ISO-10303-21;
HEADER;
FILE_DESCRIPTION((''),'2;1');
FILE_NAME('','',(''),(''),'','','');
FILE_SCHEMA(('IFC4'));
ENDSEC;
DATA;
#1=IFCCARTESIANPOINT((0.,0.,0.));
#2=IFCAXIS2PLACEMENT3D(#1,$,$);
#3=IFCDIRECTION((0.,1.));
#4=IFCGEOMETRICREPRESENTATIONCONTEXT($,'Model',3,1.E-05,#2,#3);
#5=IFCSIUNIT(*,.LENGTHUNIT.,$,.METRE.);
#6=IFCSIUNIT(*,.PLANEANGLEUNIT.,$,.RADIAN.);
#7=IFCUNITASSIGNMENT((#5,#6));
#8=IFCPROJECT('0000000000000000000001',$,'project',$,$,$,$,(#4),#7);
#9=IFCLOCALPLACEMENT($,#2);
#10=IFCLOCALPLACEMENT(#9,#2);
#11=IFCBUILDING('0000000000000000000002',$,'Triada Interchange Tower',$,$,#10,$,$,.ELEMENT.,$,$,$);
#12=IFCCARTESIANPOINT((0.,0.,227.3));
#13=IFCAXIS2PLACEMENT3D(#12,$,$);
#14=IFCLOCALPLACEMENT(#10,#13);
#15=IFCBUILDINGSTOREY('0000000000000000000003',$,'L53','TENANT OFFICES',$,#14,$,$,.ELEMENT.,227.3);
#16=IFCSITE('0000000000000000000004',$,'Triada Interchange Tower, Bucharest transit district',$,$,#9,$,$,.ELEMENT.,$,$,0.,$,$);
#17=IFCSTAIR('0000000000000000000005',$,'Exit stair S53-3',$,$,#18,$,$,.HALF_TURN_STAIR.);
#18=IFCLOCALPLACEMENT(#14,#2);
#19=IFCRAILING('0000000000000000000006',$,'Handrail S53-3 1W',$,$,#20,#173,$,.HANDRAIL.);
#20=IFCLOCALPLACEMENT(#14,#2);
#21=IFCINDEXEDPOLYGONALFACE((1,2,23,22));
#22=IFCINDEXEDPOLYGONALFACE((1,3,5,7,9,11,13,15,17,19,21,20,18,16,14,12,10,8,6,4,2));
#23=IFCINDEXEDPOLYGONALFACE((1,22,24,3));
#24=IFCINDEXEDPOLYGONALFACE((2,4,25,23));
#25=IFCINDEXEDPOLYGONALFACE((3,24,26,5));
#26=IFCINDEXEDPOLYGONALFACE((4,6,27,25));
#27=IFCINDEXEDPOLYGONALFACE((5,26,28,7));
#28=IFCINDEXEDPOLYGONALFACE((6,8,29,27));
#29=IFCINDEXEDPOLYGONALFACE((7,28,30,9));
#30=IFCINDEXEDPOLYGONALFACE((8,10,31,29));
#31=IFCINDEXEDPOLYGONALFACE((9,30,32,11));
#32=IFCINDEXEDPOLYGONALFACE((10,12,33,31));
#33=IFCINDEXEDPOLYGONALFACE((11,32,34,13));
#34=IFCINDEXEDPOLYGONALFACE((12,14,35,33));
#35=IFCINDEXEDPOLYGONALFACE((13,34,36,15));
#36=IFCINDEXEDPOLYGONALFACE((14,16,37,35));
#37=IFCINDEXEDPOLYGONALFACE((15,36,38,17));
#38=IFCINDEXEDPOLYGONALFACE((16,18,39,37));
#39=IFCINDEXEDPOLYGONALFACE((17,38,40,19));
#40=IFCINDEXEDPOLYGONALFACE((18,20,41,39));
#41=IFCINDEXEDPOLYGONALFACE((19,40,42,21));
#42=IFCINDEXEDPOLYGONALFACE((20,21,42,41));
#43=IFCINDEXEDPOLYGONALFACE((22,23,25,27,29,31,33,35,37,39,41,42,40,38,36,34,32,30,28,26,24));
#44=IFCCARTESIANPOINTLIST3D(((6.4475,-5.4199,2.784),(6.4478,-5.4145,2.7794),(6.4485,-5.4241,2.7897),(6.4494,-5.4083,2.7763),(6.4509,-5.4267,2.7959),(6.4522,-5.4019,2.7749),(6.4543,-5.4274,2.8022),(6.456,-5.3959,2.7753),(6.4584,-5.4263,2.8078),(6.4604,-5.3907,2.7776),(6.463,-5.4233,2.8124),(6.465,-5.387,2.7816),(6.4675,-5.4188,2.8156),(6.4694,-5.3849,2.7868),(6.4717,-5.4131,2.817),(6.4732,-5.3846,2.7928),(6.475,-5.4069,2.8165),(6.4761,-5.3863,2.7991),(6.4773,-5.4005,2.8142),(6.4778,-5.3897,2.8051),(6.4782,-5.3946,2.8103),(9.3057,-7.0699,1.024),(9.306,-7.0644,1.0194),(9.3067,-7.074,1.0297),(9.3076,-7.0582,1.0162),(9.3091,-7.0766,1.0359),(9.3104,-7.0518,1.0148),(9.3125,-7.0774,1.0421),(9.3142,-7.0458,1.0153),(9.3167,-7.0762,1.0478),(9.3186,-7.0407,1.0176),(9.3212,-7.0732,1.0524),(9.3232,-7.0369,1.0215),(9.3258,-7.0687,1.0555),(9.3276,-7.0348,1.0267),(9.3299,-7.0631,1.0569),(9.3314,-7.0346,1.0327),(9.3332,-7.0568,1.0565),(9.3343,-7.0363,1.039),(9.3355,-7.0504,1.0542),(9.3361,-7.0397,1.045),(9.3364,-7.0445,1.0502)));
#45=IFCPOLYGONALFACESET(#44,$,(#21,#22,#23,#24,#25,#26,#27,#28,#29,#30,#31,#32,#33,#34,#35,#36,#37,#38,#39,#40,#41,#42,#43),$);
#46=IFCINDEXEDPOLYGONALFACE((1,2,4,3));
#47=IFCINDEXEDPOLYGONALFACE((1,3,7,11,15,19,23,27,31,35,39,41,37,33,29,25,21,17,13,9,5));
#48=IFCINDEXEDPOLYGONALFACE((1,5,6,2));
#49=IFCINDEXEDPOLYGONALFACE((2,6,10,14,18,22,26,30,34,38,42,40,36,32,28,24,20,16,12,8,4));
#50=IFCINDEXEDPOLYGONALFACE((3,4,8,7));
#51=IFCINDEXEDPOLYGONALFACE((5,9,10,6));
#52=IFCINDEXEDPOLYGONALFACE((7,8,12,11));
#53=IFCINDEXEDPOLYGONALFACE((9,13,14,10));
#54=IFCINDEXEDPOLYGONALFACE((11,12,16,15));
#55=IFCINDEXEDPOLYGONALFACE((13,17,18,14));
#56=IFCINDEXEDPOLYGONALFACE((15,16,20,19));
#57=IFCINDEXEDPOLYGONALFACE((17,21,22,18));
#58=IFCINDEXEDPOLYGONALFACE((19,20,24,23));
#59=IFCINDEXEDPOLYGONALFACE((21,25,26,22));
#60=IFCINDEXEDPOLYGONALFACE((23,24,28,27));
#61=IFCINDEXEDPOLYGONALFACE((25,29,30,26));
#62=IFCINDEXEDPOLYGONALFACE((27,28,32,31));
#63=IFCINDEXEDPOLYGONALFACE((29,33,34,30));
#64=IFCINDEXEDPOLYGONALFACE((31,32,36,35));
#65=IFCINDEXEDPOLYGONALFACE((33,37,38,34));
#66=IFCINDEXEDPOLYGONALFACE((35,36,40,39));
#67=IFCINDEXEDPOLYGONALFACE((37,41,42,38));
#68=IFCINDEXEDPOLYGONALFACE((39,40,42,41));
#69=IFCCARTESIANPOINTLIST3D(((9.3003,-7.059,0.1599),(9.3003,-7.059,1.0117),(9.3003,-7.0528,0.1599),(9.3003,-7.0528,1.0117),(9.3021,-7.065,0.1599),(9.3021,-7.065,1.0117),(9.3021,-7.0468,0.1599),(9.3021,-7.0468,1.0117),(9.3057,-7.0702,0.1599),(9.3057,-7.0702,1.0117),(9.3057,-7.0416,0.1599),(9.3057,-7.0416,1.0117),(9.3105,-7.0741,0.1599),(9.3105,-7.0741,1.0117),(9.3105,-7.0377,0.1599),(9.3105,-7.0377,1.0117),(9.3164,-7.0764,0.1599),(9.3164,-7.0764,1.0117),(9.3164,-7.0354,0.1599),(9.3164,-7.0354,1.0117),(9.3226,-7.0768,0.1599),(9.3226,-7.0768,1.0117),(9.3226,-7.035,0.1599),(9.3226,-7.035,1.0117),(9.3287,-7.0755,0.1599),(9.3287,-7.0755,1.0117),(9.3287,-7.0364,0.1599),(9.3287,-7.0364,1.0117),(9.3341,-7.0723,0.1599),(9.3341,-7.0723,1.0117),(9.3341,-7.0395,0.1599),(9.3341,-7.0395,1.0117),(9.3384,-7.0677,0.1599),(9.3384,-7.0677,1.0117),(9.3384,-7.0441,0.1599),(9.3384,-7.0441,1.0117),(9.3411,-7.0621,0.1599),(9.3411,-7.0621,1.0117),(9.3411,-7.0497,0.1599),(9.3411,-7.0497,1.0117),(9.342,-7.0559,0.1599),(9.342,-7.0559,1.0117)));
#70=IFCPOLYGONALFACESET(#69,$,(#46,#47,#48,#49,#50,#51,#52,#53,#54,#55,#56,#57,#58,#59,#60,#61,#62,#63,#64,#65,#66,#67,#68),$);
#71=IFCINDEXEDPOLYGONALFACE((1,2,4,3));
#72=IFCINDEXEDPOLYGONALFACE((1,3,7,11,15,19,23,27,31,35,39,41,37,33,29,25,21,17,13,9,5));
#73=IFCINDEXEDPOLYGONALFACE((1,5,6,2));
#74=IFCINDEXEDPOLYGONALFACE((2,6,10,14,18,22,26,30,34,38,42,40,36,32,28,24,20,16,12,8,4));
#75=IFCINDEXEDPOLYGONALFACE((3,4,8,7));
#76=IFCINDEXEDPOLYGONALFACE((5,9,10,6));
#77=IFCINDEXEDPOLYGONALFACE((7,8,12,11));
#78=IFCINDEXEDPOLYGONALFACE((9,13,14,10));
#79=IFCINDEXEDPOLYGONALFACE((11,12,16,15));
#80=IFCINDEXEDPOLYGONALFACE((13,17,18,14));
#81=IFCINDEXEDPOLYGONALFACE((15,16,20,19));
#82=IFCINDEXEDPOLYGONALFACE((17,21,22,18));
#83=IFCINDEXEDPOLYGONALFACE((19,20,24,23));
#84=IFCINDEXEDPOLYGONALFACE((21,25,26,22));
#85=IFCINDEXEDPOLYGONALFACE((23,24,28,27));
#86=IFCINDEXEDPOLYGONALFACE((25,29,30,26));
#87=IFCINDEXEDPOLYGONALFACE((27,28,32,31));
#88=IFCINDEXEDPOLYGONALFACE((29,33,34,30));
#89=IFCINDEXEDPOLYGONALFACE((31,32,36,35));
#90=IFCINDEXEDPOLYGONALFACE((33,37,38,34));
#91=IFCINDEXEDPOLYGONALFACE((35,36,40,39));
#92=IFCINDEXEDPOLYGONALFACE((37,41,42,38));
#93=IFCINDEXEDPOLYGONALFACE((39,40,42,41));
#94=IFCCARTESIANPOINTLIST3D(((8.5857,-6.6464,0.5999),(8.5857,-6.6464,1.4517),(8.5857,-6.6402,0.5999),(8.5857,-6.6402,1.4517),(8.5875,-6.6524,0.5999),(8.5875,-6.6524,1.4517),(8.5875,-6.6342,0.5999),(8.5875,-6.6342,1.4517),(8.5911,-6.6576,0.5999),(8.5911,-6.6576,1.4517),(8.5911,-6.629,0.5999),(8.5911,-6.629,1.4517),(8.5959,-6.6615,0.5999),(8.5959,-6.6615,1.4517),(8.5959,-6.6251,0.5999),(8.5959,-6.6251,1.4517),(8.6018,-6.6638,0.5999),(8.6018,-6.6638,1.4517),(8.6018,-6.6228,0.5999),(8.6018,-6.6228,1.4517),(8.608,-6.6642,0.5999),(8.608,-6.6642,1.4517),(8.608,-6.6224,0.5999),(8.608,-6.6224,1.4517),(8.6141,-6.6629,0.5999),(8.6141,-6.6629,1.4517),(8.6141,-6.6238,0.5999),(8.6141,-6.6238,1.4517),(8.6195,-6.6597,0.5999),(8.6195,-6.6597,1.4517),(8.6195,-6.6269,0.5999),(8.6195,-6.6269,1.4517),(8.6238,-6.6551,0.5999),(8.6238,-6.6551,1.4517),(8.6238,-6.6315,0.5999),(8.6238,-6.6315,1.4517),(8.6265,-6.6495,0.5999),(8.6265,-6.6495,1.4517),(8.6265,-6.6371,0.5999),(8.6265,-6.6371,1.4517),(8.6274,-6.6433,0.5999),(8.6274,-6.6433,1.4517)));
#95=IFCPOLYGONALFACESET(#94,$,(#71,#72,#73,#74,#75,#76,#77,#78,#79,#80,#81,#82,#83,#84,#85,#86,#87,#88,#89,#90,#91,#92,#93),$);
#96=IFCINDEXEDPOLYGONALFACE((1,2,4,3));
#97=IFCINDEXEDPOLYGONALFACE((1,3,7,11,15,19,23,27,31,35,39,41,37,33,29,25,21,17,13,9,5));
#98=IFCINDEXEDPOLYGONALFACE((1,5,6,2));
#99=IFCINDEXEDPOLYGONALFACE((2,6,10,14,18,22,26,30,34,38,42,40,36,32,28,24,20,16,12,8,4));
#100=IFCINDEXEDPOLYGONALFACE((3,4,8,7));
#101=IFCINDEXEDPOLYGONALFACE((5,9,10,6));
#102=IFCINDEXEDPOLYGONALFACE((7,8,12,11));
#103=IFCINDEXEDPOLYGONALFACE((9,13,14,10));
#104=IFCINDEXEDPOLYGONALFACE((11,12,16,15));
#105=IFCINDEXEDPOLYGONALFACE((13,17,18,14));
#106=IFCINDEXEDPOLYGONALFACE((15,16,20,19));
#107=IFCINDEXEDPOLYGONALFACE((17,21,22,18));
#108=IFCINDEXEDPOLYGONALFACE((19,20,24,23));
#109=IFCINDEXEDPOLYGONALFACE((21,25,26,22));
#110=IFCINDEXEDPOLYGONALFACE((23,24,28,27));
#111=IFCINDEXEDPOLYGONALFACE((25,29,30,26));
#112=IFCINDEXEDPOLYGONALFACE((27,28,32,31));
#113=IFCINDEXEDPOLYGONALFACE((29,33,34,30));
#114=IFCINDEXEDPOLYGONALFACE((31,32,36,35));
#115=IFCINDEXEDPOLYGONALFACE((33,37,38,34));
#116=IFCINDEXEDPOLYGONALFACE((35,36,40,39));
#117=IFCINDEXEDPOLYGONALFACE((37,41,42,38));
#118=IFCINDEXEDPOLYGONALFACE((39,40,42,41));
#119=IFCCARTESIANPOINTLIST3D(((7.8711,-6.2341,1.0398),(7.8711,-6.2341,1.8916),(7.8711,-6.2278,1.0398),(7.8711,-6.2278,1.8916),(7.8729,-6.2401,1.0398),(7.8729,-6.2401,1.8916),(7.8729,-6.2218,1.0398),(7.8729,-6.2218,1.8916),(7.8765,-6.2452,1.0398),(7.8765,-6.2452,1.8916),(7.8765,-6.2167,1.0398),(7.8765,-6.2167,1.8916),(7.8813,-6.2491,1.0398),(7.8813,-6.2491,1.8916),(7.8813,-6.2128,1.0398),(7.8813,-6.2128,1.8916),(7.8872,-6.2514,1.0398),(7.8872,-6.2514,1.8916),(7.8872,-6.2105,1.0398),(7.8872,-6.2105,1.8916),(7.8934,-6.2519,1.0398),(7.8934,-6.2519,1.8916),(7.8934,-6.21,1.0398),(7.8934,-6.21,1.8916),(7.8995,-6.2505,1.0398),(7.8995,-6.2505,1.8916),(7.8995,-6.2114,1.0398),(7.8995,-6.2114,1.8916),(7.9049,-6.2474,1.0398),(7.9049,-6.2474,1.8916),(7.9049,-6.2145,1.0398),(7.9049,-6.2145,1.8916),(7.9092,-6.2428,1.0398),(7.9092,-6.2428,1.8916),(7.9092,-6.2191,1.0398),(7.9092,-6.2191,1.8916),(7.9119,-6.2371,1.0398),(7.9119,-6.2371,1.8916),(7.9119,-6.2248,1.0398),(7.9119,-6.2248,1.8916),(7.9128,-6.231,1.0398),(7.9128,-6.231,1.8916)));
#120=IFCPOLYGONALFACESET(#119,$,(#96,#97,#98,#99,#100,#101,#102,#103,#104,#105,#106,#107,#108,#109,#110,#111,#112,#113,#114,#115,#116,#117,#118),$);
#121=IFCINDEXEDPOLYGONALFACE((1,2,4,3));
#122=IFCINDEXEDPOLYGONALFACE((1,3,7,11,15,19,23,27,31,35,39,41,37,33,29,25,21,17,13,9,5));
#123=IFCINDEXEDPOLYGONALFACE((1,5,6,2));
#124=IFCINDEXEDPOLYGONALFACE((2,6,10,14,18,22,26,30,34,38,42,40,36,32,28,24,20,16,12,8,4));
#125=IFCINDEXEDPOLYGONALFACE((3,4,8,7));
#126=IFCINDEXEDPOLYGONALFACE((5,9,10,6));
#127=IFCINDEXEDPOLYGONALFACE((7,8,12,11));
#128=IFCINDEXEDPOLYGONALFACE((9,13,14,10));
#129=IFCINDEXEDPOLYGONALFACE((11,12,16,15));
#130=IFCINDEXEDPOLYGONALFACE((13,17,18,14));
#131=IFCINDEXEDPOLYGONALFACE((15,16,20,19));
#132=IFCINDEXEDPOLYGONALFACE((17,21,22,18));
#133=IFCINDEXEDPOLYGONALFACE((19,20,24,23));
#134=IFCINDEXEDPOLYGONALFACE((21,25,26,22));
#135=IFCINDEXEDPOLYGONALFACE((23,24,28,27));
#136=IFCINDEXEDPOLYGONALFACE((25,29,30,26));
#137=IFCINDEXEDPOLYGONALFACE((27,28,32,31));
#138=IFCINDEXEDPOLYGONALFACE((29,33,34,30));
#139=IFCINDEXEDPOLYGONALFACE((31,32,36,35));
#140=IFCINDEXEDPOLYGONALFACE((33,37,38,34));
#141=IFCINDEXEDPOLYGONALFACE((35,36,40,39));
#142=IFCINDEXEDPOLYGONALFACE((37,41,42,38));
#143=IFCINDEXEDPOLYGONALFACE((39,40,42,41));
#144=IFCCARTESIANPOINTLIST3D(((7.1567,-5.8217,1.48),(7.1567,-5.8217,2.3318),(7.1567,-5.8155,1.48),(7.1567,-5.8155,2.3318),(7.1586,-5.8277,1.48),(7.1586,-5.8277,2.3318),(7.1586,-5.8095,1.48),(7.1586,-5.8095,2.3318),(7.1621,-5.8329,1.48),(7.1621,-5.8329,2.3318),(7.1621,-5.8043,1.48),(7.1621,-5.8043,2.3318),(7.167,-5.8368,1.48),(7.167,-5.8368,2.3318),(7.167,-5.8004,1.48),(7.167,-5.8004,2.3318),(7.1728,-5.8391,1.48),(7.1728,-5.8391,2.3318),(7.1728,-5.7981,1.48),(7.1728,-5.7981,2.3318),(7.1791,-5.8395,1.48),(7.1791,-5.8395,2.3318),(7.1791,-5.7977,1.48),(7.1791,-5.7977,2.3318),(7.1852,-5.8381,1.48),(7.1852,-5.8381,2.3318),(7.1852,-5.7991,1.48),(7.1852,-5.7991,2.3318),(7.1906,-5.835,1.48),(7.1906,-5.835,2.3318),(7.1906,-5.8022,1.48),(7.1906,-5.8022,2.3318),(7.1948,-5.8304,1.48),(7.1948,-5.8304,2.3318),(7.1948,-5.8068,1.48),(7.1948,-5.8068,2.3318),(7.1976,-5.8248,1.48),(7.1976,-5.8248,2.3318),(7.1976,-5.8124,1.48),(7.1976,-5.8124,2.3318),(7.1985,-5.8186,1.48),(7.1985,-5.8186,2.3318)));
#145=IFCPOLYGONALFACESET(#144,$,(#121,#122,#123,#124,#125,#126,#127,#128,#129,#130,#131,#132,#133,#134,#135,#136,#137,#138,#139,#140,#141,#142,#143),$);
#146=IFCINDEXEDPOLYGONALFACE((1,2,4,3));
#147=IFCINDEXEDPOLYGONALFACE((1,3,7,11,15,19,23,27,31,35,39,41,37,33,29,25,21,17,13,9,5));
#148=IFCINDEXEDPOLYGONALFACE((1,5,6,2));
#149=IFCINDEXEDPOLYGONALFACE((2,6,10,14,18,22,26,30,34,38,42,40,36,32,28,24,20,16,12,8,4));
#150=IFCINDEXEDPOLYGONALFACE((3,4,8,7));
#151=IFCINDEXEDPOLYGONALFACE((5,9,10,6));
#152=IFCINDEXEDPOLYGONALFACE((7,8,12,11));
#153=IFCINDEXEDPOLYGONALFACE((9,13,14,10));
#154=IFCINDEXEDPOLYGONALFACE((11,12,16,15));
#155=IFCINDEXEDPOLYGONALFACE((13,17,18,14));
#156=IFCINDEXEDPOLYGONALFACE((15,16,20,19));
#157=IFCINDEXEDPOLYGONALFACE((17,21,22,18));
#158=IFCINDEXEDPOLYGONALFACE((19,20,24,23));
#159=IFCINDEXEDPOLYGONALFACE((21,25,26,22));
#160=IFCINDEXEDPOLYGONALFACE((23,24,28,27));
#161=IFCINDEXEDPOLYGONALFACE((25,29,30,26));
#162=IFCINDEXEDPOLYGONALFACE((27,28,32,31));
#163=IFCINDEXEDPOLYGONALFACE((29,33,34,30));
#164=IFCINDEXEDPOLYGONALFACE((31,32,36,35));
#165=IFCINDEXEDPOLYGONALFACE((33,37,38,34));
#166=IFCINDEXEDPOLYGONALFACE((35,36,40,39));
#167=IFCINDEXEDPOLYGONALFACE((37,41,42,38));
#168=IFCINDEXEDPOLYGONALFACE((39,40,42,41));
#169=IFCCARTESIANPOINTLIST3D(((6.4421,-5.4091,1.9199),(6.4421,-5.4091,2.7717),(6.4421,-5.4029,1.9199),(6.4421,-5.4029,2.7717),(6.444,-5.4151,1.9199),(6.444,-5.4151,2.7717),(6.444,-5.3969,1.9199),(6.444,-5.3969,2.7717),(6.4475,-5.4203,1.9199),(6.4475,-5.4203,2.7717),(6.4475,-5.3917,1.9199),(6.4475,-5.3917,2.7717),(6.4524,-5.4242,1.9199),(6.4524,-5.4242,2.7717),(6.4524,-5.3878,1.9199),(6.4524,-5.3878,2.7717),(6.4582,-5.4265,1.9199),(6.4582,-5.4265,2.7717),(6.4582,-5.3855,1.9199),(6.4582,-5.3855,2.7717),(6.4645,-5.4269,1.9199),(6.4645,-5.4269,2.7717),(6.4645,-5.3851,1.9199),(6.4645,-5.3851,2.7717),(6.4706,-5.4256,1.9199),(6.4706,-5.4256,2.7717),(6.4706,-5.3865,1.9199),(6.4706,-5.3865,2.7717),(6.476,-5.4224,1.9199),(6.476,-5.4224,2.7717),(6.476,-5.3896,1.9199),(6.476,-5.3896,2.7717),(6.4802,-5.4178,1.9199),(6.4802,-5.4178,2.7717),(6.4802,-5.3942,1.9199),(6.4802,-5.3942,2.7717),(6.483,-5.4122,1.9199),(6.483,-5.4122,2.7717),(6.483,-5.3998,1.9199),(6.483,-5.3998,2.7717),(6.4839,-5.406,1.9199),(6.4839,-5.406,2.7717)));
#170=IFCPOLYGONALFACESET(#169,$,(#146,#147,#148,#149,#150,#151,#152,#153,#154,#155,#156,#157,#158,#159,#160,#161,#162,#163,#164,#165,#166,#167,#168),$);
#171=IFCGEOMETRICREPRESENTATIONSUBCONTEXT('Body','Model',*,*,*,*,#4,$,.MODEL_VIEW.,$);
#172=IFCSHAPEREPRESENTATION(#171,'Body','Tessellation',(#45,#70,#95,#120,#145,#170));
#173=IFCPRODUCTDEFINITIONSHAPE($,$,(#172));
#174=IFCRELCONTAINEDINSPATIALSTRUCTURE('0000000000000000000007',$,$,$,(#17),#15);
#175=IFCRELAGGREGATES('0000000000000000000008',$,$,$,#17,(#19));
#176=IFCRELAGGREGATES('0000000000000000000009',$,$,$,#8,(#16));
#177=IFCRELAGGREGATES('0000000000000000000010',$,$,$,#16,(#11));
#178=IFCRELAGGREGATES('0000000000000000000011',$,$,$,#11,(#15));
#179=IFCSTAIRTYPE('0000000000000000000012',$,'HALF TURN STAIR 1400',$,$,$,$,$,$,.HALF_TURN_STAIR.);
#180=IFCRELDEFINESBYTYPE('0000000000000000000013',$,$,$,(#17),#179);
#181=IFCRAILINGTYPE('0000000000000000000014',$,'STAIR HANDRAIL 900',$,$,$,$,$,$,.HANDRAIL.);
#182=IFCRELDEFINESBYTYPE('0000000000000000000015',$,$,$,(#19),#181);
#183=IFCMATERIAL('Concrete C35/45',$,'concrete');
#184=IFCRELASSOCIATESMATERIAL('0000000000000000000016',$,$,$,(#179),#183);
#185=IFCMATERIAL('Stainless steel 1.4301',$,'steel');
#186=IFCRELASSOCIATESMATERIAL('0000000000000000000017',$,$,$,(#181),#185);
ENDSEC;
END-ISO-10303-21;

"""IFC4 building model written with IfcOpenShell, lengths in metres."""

from ifc_helpers import new_model, si_unit, direction, frame, origin, origin_2d, place, context, subcontext, project, spatial, circle, extrude, material, type_object, element, aggregate, save


model = new_model("IFC4")

# Units and contexts
model_context = context("Model", 3, precision=1e-05, world=origin(), true_north=direction((0.0, 1.0)))
body_context = subcontext(model_context, "Body", "Model", "MODEL_VIEW")
ifc_project = project(units=[si_unit("LENGTHUNIT", "METRE"), si_unit("PLANEANGLEUNIT", "RADIAN")], contexts=[model_context])

# Site, building, storey
site_placement = place(None, origin())
site = spatial("IfcSite", under=ifc_project, at=site_placement, Name="Triada Interchange Tower, Bucharest transit district", CompositionType="ELEMENT", RefElevation=0.0)
building_placement = place(site_placement, origin())
building = spatial("IfcBuilding", under=site, at=building_placement, Name="Triada Interchange Tower", CompositionType="ELEMENT")
storey_placement = place(building_placement, frame((0.0, 0.0, 227.3)))
storey = spatial("IfcBuildingStorey", under=building, at=storey_placement, Name="L53", Description="TENANT OFFICES", CompositionType="ELEMENT", Elevation=227.3)

# Stair, railing
ifc_material_1 = material(Name="Concrete C35/45", Category="concrete")
stair_type = type_object("IfcStairType", Name="HALF TURN STAIR 1400", PredefinedType="HALF_TURN_STAIR", material=ifc_material_1)
stair_placement = place(storey_placement, origin())
stair = element("IfcStair", 1, at=stair_placement, inside=storey, type_object=stair_type, Name="Exit stair S53-3", PredefinedType="HALF_TURN_STAIR")
ifc_material_2 = material(Name="Stainless steel 1.4301", Category="steel")
railing_type = type_object("IfcRailingType", Name="STAIR HANDRAIL 900", PredefinedType="HANDRAIL", material=ifc_material_2)
railing_1_placement = place(storey_placement, frame((9.321, -7.0559, 0.1599)))
railing_1 = element("IfcRailing", 2, at=railing_1_placement, type_object=railing_type, Name="Handrail S53-3 1W", PredefinedType="HANDRAIL", context=body_context, shape_type="SweptSolid", body=[
    extrude(circle(Radius=0.0239, at=origin_2d()), frame((0.0, 0.0, 0.876), z_axis=(-0.764178, 0.441131, 0.47057), x_axis=(-0.499942, -0.866059, 0.0)), (0.0, 0.0, 1.0), 3.7402),
    extrude(circle(Radius=0.021, at=origin_2d()), origin(), (0.0, 0.0, 1.0), 0.8518),
    extrude(circle(Radius=0.021, at=origin_2d()), frame((-0.7146, 0.4126, 0.4399)), (0.0, 0.0, 1.0), 0.8518),
    extrude(circle(Radius=0.021, at=origin_2d()), frame((-1.4292, 0.825, 0.8799)), (0.0, 0.0, 1.0), 0.8518),
    extrude(circle(Radius=0.021, at=origin_2d()), frame((-2.1436, 1.2373, 1.3201)), (0.0, 0.0, 1.0), 0.8518),
    extrude(circle(Radius=0.021, at=origin_2d()), frame((-2.8582, 1.6499, 1.76)), (0.0, 0.0, 1.0), 0.8518),
])
aggregate(stair, [railing_1])

save(model, "model.ifc")
